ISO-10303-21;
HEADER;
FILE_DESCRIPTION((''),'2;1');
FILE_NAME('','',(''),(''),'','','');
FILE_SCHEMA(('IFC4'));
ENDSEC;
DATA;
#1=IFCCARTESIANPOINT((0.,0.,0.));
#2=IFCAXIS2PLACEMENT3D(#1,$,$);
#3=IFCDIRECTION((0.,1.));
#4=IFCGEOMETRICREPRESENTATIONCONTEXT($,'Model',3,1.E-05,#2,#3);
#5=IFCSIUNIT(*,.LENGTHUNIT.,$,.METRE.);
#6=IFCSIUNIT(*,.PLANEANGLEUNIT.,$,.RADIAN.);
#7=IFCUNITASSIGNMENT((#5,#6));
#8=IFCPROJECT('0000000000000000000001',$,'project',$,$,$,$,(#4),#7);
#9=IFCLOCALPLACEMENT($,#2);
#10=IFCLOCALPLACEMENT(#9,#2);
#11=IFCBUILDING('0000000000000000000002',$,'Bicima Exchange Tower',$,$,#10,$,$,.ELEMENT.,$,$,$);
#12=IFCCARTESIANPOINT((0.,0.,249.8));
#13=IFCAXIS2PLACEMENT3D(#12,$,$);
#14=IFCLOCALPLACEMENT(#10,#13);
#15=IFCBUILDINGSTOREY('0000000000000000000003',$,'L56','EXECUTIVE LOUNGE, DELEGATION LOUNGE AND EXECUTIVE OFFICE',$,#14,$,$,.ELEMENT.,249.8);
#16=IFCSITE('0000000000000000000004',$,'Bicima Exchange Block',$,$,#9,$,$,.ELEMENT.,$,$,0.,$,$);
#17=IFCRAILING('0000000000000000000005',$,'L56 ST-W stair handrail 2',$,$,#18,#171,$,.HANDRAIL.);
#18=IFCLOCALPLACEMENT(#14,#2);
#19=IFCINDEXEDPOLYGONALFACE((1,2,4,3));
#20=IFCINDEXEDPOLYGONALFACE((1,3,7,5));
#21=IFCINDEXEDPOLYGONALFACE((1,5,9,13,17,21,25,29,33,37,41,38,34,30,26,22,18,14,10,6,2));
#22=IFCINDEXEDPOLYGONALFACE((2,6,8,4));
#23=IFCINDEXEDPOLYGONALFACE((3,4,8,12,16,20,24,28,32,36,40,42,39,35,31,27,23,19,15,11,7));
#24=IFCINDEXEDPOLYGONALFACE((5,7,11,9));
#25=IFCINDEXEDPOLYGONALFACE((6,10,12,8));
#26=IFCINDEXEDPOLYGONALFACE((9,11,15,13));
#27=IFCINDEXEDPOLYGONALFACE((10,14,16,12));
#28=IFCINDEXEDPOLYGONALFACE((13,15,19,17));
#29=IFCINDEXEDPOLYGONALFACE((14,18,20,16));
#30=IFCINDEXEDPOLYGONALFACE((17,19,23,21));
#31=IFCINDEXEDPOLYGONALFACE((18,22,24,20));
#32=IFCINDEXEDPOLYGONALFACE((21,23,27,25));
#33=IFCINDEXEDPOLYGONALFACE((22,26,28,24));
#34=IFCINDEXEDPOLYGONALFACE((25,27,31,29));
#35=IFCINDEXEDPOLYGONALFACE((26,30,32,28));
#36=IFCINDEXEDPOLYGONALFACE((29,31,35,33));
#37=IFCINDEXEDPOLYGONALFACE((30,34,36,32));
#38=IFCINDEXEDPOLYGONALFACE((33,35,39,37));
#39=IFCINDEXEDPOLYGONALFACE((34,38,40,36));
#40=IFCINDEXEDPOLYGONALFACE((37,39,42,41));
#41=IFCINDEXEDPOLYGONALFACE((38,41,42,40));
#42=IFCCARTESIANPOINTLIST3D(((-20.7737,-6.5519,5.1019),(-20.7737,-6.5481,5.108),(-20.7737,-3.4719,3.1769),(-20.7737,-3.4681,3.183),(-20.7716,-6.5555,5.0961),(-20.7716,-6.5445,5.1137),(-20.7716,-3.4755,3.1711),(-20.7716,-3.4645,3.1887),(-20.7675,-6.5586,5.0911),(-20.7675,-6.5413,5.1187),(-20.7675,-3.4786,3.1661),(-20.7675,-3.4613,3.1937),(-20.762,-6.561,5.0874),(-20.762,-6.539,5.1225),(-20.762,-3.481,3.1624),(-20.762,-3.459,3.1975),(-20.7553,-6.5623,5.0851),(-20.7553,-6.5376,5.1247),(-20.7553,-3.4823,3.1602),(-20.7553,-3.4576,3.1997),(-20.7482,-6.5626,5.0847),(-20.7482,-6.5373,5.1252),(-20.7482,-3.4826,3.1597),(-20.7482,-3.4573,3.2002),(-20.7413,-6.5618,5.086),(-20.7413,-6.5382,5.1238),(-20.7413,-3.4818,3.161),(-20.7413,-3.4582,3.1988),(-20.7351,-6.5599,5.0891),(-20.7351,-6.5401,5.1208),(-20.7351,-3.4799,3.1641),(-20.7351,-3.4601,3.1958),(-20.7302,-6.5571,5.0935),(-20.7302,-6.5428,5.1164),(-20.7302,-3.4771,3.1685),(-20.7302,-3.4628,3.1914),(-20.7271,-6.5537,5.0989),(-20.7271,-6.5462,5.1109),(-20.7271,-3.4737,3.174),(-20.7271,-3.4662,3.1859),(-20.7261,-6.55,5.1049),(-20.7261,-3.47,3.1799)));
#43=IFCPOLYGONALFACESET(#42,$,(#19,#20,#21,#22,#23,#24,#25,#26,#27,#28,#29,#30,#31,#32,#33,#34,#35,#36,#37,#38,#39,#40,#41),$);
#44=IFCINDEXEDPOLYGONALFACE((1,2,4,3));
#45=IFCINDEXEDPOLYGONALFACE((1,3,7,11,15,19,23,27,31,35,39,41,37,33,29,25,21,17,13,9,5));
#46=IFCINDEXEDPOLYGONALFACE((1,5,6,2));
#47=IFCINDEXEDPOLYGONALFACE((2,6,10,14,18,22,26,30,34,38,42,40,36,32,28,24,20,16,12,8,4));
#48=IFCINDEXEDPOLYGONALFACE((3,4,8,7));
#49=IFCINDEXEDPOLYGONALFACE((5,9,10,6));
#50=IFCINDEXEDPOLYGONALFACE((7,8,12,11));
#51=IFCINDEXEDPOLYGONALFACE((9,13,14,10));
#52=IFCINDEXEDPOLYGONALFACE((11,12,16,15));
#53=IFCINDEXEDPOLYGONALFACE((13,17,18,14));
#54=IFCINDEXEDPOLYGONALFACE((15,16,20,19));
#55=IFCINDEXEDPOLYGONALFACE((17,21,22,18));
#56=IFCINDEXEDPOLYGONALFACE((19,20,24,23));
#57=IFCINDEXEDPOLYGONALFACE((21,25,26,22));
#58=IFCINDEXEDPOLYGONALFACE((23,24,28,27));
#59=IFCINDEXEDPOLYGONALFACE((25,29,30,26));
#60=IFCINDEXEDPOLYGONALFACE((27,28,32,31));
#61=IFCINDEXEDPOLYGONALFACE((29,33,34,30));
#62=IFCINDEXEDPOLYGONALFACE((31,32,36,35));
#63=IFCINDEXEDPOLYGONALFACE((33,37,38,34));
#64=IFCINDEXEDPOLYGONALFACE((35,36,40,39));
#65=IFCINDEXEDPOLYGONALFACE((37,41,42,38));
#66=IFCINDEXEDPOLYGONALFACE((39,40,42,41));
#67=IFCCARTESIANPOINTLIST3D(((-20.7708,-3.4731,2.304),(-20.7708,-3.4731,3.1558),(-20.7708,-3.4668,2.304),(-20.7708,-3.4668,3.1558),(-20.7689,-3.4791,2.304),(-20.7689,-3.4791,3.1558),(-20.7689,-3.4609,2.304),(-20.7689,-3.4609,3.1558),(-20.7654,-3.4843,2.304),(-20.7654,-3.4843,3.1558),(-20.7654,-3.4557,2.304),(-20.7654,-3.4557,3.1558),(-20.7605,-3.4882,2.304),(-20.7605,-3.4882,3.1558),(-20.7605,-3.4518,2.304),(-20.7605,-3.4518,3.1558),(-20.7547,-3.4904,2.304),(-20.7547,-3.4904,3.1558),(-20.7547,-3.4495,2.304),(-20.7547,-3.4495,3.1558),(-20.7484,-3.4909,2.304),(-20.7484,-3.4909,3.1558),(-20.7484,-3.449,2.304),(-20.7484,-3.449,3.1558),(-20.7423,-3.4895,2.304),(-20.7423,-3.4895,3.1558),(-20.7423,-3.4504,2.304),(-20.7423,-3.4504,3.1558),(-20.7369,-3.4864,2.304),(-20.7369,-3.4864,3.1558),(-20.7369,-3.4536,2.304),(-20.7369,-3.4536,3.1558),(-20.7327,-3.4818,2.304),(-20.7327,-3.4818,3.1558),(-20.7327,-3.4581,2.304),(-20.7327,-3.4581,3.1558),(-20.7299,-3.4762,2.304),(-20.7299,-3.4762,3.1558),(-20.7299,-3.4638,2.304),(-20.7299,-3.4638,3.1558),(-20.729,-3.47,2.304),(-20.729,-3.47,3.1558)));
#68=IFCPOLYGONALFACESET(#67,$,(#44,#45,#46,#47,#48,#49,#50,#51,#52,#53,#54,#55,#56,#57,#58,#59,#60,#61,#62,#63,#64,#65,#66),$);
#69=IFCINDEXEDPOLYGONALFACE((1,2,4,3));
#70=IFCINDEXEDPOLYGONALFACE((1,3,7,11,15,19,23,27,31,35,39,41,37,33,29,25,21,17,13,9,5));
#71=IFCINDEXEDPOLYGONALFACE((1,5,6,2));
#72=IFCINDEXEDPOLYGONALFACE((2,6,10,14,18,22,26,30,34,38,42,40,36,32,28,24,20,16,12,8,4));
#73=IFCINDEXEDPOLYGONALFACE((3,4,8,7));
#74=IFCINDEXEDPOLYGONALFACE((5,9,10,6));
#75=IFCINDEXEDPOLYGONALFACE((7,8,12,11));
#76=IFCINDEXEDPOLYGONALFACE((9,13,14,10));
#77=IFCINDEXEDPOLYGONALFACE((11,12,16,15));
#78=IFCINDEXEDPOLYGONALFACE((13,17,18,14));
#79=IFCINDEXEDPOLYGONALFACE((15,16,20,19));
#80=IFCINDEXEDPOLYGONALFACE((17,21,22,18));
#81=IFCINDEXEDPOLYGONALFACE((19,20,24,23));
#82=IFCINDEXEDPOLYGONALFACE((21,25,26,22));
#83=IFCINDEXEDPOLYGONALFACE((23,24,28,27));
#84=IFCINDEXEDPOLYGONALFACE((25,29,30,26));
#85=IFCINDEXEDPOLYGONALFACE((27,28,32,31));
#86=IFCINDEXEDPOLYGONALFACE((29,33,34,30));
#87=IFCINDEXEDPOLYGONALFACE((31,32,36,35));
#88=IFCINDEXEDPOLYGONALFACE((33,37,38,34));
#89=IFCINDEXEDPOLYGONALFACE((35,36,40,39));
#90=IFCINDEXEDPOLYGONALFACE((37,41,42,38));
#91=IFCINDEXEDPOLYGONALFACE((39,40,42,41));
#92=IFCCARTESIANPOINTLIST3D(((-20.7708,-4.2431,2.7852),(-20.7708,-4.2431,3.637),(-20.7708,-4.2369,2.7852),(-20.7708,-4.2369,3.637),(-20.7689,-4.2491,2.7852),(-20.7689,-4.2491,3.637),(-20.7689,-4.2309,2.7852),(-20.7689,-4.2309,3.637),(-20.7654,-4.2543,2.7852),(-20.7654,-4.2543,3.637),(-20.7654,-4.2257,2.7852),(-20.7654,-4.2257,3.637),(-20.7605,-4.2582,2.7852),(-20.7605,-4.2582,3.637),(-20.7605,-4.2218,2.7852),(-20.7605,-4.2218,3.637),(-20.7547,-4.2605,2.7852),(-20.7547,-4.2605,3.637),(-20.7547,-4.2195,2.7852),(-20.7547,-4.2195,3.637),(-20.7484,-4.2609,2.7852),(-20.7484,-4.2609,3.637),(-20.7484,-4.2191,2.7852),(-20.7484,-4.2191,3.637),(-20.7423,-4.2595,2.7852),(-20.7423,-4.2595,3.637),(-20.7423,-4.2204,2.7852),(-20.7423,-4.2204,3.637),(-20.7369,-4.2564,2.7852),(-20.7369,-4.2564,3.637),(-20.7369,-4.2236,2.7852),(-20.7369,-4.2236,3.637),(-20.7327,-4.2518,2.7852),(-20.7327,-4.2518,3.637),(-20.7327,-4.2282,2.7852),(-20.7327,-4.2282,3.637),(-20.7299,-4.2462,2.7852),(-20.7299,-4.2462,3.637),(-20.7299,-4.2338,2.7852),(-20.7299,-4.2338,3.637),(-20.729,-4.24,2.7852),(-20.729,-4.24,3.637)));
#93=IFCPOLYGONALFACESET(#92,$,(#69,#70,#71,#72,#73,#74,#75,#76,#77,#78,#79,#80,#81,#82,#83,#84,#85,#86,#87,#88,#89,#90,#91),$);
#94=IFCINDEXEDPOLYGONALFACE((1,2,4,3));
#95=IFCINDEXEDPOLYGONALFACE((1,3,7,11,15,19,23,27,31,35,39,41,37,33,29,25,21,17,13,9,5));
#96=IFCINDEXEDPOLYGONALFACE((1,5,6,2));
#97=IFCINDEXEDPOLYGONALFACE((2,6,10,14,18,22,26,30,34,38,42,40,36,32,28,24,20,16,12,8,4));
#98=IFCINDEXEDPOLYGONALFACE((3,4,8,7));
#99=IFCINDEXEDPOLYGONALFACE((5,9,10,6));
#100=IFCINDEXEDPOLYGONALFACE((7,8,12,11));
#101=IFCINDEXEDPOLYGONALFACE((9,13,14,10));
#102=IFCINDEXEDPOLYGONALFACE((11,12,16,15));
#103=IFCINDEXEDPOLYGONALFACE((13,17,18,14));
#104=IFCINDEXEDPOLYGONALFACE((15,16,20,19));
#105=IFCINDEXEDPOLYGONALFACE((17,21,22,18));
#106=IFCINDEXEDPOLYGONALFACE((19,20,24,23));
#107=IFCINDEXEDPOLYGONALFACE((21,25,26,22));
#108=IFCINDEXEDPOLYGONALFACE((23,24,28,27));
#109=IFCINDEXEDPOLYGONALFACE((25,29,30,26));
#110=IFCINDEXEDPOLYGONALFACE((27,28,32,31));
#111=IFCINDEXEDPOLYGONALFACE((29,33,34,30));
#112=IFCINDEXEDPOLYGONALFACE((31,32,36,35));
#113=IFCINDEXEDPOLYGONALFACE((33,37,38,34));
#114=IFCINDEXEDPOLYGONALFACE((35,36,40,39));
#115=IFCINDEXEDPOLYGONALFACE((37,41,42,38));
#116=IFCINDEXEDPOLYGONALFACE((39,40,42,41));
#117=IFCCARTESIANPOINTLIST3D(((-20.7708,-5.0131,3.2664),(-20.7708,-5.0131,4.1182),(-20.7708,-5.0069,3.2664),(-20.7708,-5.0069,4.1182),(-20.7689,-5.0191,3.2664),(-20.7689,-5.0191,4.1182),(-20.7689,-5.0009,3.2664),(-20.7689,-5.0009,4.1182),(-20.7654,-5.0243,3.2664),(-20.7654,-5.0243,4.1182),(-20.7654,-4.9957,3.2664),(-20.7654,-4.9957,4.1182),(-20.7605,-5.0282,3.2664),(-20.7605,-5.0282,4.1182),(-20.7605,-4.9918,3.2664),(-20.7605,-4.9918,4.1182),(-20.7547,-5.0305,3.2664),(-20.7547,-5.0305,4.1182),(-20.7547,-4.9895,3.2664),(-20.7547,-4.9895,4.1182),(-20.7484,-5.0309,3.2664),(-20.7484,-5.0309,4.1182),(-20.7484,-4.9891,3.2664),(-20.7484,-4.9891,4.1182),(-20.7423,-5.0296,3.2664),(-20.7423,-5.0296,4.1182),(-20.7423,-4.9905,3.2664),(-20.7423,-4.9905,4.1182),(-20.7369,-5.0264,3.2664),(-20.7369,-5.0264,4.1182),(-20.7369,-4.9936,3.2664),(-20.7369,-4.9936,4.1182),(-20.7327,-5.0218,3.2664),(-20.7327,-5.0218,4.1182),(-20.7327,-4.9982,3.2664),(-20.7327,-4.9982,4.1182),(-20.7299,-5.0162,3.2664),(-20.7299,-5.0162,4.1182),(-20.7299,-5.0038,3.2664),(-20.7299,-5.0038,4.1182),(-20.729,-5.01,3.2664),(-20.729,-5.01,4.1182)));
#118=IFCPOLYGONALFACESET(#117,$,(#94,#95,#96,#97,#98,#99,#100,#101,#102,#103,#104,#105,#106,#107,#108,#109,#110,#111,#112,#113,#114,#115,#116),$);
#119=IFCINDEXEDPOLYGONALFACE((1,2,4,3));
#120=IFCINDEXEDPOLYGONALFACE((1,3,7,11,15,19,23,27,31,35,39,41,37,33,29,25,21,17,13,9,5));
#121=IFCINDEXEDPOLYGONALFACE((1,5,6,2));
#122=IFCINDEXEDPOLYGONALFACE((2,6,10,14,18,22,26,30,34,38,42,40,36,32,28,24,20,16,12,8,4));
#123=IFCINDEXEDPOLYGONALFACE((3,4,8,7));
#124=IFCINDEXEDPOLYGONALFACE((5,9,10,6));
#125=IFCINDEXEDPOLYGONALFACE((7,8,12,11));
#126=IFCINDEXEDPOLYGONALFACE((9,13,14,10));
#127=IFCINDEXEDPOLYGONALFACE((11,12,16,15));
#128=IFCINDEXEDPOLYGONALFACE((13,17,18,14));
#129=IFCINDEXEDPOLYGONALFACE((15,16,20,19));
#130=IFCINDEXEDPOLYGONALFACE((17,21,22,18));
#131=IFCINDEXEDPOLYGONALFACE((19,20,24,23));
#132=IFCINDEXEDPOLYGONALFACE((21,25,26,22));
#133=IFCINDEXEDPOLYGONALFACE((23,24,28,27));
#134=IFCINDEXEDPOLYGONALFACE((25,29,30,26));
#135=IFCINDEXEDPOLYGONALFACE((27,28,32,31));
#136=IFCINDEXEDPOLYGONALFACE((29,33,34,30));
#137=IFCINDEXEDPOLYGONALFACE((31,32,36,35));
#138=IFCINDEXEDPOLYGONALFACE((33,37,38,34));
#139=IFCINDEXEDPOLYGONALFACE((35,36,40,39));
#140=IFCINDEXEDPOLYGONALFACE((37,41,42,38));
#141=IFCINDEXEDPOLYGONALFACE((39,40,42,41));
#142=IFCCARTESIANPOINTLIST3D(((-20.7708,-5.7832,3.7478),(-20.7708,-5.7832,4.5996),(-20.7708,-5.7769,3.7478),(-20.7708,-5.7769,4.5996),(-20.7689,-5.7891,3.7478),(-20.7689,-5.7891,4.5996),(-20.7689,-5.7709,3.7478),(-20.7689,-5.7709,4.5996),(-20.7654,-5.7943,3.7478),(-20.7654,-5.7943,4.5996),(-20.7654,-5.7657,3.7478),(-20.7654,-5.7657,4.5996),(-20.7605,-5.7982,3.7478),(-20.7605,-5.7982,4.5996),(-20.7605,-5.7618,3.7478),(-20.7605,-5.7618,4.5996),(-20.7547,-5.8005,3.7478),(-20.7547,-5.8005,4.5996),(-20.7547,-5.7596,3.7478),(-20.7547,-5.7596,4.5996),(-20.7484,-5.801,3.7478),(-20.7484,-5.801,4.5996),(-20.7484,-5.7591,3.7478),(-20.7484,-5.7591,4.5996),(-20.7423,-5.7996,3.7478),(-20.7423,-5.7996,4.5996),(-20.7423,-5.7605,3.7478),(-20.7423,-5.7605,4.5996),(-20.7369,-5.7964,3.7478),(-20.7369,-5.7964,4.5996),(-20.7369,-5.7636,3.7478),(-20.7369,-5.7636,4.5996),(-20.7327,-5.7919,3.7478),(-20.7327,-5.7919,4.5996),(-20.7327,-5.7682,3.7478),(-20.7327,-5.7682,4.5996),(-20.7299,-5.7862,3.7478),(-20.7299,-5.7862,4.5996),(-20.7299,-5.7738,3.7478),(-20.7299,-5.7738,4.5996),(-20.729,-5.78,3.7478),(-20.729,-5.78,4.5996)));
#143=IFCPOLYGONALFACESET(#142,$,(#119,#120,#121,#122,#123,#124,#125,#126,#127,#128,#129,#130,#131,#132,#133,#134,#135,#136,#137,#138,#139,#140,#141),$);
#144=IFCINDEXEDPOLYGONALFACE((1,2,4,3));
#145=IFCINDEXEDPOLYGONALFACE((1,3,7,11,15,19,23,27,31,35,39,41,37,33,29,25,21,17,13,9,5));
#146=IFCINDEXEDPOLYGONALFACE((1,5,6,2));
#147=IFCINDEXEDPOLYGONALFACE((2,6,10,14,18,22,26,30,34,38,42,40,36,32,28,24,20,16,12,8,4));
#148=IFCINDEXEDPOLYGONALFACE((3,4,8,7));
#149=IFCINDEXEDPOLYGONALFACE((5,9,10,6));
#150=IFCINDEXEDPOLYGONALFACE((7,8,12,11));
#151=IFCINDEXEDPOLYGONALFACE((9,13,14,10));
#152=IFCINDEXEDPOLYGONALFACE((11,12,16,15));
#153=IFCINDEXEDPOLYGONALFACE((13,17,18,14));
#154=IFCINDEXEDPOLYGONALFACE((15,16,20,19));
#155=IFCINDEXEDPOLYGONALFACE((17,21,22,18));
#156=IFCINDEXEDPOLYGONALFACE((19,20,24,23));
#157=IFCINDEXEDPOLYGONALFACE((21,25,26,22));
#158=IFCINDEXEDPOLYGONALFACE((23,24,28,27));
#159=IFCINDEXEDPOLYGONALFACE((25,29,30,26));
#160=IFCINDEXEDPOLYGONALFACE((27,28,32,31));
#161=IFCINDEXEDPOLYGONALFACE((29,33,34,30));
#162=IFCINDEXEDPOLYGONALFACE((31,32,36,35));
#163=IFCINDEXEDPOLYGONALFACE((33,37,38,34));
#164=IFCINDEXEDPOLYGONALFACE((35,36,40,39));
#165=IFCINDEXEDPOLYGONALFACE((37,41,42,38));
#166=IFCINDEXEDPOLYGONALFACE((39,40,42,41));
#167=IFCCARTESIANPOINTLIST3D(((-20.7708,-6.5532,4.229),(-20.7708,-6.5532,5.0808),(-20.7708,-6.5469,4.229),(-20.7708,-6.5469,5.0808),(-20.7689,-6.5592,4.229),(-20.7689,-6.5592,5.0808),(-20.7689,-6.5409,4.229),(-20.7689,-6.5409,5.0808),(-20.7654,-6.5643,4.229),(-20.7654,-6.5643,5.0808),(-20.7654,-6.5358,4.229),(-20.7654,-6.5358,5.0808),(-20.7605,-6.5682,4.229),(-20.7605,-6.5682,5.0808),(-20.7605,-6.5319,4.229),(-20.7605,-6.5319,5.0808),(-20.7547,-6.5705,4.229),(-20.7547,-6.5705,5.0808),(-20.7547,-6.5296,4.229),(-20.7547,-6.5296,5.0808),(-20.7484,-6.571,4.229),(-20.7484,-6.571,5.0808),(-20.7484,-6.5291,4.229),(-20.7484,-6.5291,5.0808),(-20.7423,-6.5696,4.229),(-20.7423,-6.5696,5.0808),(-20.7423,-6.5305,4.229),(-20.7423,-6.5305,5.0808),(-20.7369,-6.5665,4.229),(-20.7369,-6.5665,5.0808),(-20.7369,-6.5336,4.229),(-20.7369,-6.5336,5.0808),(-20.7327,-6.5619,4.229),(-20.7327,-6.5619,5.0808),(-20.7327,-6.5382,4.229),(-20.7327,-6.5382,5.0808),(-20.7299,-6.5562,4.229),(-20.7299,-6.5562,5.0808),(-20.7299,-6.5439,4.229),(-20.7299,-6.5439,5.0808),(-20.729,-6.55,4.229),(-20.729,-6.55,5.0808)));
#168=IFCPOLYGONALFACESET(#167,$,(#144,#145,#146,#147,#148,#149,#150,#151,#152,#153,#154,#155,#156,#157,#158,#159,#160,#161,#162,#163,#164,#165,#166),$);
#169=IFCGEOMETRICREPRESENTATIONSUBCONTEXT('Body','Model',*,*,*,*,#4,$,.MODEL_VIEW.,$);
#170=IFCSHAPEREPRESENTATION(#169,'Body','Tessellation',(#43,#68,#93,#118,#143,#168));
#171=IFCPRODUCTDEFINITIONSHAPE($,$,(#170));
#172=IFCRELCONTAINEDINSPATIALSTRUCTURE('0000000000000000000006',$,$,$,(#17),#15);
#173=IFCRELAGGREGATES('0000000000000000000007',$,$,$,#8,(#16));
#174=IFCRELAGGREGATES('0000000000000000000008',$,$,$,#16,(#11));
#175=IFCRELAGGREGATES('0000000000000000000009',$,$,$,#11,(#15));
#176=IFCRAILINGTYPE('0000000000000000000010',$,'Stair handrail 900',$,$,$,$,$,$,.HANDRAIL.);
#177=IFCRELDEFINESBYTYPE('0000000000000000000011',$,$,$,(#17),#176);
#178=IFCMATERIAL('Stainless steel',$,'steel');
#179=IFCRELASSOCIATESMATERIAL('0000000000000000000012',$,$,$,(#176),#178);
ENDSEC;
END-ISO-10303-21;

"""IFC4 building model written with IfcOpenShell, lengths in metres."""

from ifc_helpers import new_model, si_unit, direction, frame, origin, origin_2d, place, context, subcontext, project, spatial, circle, extrude, material, type_object, element, save


model = new_model("IFC4")

# Units and contexts
model_context = context("Model", 3, precision=1e-05, world=origin(), true_north=direction((0.0, 1.0)))
body_context = subcontext(model_context, "Body", "Model", "MODEL_VIEW")
ifc_project = project(units=[si_unit("LENGTHUNIT", "METRE"), si_unit("PLANEANGLEUNIT", "RADIAN")], contexts=[model_context])

# Site, building, storey
site_placement = place(None, origin())
site = spatial("IfcSite", under=ifc_project, at=site_placement, Name="Bicima Exchange Block", CompositionType="ELEMENT", RefElevation=0.0)
building_placement = place(site_placement, origin())
building = spatial("IfcBuilding", under=site, at=building_placement, Name="Bicima Exchange Tower", CompositionType="ELEMENT")
storey_placement = place(building_placement, frame((0.0, 0.0, 249.8)))
storey = spatial("IfcBuildingStorey", under=building, at=storey_placement, Name="L56", Description="EXECUTIVE LOUNGE, DELEGATION LOUNGE AND EXECUTIVE OFFICE", CompositionType="ELEMENT", Elevation=249.8)

# Railing
ifc_material_1 = material(Name="Stainless steel", Category="steel")
railing_type = type_object("IfcRailingType", Name="Stair handrail 900", PredefinedType="HANDRAIL", material=ifc_material_1)
railing_placement = place(storey_placement, frame((-20.75, -3.47, 2.304)))
element("IfcRailing", 1, at=railing_placement, inside=storey, type_object=railing_type, Name="L56 ST-W stair handrail 2", PredefinedType="HANDRAIL", context=body_context, shape_type="SweptSolid", body=[
    extrude(circle(Radius=0.0239, at=origin_2d()), frame((0.0, 0.0, 0.876), z_axis=(0.0, -0.847998, 0.529999), x_axis=(1.0, 0.0, 0.0)), (0.0, 0.0, 1.0), 3.6321),
    extrude(circle(Radius=0.021, at=origin_2d()), origin(), (0.0, 0.0, 1.0), 0.8518),
    extrude(circle(Radius=0.021, at=origin_2d()), frame((0.0, -0.77, 0.4812)), (0.0, 0.0, 1.0), 0.8518),
    extrude(circle(Radius=0.021, at=origin_2d()), frame((0.0, -1.54, 0.9624)), (0.0, 0.0, 1.0), 0.8518),
    extrude(circle(Radius=0.021, at=origin_2d()), frame((0.0, -2.3101, 1.4438)), (0.0, 0.0, 1.0), 0.8518),
    extrude(circle(Radius=0.021, at=origin_2d()), frame((0.0, -3.0801, 1.925)), (0.0, 0.0, 1.0), 0.8518),
])

save(model, "model.ifc")
